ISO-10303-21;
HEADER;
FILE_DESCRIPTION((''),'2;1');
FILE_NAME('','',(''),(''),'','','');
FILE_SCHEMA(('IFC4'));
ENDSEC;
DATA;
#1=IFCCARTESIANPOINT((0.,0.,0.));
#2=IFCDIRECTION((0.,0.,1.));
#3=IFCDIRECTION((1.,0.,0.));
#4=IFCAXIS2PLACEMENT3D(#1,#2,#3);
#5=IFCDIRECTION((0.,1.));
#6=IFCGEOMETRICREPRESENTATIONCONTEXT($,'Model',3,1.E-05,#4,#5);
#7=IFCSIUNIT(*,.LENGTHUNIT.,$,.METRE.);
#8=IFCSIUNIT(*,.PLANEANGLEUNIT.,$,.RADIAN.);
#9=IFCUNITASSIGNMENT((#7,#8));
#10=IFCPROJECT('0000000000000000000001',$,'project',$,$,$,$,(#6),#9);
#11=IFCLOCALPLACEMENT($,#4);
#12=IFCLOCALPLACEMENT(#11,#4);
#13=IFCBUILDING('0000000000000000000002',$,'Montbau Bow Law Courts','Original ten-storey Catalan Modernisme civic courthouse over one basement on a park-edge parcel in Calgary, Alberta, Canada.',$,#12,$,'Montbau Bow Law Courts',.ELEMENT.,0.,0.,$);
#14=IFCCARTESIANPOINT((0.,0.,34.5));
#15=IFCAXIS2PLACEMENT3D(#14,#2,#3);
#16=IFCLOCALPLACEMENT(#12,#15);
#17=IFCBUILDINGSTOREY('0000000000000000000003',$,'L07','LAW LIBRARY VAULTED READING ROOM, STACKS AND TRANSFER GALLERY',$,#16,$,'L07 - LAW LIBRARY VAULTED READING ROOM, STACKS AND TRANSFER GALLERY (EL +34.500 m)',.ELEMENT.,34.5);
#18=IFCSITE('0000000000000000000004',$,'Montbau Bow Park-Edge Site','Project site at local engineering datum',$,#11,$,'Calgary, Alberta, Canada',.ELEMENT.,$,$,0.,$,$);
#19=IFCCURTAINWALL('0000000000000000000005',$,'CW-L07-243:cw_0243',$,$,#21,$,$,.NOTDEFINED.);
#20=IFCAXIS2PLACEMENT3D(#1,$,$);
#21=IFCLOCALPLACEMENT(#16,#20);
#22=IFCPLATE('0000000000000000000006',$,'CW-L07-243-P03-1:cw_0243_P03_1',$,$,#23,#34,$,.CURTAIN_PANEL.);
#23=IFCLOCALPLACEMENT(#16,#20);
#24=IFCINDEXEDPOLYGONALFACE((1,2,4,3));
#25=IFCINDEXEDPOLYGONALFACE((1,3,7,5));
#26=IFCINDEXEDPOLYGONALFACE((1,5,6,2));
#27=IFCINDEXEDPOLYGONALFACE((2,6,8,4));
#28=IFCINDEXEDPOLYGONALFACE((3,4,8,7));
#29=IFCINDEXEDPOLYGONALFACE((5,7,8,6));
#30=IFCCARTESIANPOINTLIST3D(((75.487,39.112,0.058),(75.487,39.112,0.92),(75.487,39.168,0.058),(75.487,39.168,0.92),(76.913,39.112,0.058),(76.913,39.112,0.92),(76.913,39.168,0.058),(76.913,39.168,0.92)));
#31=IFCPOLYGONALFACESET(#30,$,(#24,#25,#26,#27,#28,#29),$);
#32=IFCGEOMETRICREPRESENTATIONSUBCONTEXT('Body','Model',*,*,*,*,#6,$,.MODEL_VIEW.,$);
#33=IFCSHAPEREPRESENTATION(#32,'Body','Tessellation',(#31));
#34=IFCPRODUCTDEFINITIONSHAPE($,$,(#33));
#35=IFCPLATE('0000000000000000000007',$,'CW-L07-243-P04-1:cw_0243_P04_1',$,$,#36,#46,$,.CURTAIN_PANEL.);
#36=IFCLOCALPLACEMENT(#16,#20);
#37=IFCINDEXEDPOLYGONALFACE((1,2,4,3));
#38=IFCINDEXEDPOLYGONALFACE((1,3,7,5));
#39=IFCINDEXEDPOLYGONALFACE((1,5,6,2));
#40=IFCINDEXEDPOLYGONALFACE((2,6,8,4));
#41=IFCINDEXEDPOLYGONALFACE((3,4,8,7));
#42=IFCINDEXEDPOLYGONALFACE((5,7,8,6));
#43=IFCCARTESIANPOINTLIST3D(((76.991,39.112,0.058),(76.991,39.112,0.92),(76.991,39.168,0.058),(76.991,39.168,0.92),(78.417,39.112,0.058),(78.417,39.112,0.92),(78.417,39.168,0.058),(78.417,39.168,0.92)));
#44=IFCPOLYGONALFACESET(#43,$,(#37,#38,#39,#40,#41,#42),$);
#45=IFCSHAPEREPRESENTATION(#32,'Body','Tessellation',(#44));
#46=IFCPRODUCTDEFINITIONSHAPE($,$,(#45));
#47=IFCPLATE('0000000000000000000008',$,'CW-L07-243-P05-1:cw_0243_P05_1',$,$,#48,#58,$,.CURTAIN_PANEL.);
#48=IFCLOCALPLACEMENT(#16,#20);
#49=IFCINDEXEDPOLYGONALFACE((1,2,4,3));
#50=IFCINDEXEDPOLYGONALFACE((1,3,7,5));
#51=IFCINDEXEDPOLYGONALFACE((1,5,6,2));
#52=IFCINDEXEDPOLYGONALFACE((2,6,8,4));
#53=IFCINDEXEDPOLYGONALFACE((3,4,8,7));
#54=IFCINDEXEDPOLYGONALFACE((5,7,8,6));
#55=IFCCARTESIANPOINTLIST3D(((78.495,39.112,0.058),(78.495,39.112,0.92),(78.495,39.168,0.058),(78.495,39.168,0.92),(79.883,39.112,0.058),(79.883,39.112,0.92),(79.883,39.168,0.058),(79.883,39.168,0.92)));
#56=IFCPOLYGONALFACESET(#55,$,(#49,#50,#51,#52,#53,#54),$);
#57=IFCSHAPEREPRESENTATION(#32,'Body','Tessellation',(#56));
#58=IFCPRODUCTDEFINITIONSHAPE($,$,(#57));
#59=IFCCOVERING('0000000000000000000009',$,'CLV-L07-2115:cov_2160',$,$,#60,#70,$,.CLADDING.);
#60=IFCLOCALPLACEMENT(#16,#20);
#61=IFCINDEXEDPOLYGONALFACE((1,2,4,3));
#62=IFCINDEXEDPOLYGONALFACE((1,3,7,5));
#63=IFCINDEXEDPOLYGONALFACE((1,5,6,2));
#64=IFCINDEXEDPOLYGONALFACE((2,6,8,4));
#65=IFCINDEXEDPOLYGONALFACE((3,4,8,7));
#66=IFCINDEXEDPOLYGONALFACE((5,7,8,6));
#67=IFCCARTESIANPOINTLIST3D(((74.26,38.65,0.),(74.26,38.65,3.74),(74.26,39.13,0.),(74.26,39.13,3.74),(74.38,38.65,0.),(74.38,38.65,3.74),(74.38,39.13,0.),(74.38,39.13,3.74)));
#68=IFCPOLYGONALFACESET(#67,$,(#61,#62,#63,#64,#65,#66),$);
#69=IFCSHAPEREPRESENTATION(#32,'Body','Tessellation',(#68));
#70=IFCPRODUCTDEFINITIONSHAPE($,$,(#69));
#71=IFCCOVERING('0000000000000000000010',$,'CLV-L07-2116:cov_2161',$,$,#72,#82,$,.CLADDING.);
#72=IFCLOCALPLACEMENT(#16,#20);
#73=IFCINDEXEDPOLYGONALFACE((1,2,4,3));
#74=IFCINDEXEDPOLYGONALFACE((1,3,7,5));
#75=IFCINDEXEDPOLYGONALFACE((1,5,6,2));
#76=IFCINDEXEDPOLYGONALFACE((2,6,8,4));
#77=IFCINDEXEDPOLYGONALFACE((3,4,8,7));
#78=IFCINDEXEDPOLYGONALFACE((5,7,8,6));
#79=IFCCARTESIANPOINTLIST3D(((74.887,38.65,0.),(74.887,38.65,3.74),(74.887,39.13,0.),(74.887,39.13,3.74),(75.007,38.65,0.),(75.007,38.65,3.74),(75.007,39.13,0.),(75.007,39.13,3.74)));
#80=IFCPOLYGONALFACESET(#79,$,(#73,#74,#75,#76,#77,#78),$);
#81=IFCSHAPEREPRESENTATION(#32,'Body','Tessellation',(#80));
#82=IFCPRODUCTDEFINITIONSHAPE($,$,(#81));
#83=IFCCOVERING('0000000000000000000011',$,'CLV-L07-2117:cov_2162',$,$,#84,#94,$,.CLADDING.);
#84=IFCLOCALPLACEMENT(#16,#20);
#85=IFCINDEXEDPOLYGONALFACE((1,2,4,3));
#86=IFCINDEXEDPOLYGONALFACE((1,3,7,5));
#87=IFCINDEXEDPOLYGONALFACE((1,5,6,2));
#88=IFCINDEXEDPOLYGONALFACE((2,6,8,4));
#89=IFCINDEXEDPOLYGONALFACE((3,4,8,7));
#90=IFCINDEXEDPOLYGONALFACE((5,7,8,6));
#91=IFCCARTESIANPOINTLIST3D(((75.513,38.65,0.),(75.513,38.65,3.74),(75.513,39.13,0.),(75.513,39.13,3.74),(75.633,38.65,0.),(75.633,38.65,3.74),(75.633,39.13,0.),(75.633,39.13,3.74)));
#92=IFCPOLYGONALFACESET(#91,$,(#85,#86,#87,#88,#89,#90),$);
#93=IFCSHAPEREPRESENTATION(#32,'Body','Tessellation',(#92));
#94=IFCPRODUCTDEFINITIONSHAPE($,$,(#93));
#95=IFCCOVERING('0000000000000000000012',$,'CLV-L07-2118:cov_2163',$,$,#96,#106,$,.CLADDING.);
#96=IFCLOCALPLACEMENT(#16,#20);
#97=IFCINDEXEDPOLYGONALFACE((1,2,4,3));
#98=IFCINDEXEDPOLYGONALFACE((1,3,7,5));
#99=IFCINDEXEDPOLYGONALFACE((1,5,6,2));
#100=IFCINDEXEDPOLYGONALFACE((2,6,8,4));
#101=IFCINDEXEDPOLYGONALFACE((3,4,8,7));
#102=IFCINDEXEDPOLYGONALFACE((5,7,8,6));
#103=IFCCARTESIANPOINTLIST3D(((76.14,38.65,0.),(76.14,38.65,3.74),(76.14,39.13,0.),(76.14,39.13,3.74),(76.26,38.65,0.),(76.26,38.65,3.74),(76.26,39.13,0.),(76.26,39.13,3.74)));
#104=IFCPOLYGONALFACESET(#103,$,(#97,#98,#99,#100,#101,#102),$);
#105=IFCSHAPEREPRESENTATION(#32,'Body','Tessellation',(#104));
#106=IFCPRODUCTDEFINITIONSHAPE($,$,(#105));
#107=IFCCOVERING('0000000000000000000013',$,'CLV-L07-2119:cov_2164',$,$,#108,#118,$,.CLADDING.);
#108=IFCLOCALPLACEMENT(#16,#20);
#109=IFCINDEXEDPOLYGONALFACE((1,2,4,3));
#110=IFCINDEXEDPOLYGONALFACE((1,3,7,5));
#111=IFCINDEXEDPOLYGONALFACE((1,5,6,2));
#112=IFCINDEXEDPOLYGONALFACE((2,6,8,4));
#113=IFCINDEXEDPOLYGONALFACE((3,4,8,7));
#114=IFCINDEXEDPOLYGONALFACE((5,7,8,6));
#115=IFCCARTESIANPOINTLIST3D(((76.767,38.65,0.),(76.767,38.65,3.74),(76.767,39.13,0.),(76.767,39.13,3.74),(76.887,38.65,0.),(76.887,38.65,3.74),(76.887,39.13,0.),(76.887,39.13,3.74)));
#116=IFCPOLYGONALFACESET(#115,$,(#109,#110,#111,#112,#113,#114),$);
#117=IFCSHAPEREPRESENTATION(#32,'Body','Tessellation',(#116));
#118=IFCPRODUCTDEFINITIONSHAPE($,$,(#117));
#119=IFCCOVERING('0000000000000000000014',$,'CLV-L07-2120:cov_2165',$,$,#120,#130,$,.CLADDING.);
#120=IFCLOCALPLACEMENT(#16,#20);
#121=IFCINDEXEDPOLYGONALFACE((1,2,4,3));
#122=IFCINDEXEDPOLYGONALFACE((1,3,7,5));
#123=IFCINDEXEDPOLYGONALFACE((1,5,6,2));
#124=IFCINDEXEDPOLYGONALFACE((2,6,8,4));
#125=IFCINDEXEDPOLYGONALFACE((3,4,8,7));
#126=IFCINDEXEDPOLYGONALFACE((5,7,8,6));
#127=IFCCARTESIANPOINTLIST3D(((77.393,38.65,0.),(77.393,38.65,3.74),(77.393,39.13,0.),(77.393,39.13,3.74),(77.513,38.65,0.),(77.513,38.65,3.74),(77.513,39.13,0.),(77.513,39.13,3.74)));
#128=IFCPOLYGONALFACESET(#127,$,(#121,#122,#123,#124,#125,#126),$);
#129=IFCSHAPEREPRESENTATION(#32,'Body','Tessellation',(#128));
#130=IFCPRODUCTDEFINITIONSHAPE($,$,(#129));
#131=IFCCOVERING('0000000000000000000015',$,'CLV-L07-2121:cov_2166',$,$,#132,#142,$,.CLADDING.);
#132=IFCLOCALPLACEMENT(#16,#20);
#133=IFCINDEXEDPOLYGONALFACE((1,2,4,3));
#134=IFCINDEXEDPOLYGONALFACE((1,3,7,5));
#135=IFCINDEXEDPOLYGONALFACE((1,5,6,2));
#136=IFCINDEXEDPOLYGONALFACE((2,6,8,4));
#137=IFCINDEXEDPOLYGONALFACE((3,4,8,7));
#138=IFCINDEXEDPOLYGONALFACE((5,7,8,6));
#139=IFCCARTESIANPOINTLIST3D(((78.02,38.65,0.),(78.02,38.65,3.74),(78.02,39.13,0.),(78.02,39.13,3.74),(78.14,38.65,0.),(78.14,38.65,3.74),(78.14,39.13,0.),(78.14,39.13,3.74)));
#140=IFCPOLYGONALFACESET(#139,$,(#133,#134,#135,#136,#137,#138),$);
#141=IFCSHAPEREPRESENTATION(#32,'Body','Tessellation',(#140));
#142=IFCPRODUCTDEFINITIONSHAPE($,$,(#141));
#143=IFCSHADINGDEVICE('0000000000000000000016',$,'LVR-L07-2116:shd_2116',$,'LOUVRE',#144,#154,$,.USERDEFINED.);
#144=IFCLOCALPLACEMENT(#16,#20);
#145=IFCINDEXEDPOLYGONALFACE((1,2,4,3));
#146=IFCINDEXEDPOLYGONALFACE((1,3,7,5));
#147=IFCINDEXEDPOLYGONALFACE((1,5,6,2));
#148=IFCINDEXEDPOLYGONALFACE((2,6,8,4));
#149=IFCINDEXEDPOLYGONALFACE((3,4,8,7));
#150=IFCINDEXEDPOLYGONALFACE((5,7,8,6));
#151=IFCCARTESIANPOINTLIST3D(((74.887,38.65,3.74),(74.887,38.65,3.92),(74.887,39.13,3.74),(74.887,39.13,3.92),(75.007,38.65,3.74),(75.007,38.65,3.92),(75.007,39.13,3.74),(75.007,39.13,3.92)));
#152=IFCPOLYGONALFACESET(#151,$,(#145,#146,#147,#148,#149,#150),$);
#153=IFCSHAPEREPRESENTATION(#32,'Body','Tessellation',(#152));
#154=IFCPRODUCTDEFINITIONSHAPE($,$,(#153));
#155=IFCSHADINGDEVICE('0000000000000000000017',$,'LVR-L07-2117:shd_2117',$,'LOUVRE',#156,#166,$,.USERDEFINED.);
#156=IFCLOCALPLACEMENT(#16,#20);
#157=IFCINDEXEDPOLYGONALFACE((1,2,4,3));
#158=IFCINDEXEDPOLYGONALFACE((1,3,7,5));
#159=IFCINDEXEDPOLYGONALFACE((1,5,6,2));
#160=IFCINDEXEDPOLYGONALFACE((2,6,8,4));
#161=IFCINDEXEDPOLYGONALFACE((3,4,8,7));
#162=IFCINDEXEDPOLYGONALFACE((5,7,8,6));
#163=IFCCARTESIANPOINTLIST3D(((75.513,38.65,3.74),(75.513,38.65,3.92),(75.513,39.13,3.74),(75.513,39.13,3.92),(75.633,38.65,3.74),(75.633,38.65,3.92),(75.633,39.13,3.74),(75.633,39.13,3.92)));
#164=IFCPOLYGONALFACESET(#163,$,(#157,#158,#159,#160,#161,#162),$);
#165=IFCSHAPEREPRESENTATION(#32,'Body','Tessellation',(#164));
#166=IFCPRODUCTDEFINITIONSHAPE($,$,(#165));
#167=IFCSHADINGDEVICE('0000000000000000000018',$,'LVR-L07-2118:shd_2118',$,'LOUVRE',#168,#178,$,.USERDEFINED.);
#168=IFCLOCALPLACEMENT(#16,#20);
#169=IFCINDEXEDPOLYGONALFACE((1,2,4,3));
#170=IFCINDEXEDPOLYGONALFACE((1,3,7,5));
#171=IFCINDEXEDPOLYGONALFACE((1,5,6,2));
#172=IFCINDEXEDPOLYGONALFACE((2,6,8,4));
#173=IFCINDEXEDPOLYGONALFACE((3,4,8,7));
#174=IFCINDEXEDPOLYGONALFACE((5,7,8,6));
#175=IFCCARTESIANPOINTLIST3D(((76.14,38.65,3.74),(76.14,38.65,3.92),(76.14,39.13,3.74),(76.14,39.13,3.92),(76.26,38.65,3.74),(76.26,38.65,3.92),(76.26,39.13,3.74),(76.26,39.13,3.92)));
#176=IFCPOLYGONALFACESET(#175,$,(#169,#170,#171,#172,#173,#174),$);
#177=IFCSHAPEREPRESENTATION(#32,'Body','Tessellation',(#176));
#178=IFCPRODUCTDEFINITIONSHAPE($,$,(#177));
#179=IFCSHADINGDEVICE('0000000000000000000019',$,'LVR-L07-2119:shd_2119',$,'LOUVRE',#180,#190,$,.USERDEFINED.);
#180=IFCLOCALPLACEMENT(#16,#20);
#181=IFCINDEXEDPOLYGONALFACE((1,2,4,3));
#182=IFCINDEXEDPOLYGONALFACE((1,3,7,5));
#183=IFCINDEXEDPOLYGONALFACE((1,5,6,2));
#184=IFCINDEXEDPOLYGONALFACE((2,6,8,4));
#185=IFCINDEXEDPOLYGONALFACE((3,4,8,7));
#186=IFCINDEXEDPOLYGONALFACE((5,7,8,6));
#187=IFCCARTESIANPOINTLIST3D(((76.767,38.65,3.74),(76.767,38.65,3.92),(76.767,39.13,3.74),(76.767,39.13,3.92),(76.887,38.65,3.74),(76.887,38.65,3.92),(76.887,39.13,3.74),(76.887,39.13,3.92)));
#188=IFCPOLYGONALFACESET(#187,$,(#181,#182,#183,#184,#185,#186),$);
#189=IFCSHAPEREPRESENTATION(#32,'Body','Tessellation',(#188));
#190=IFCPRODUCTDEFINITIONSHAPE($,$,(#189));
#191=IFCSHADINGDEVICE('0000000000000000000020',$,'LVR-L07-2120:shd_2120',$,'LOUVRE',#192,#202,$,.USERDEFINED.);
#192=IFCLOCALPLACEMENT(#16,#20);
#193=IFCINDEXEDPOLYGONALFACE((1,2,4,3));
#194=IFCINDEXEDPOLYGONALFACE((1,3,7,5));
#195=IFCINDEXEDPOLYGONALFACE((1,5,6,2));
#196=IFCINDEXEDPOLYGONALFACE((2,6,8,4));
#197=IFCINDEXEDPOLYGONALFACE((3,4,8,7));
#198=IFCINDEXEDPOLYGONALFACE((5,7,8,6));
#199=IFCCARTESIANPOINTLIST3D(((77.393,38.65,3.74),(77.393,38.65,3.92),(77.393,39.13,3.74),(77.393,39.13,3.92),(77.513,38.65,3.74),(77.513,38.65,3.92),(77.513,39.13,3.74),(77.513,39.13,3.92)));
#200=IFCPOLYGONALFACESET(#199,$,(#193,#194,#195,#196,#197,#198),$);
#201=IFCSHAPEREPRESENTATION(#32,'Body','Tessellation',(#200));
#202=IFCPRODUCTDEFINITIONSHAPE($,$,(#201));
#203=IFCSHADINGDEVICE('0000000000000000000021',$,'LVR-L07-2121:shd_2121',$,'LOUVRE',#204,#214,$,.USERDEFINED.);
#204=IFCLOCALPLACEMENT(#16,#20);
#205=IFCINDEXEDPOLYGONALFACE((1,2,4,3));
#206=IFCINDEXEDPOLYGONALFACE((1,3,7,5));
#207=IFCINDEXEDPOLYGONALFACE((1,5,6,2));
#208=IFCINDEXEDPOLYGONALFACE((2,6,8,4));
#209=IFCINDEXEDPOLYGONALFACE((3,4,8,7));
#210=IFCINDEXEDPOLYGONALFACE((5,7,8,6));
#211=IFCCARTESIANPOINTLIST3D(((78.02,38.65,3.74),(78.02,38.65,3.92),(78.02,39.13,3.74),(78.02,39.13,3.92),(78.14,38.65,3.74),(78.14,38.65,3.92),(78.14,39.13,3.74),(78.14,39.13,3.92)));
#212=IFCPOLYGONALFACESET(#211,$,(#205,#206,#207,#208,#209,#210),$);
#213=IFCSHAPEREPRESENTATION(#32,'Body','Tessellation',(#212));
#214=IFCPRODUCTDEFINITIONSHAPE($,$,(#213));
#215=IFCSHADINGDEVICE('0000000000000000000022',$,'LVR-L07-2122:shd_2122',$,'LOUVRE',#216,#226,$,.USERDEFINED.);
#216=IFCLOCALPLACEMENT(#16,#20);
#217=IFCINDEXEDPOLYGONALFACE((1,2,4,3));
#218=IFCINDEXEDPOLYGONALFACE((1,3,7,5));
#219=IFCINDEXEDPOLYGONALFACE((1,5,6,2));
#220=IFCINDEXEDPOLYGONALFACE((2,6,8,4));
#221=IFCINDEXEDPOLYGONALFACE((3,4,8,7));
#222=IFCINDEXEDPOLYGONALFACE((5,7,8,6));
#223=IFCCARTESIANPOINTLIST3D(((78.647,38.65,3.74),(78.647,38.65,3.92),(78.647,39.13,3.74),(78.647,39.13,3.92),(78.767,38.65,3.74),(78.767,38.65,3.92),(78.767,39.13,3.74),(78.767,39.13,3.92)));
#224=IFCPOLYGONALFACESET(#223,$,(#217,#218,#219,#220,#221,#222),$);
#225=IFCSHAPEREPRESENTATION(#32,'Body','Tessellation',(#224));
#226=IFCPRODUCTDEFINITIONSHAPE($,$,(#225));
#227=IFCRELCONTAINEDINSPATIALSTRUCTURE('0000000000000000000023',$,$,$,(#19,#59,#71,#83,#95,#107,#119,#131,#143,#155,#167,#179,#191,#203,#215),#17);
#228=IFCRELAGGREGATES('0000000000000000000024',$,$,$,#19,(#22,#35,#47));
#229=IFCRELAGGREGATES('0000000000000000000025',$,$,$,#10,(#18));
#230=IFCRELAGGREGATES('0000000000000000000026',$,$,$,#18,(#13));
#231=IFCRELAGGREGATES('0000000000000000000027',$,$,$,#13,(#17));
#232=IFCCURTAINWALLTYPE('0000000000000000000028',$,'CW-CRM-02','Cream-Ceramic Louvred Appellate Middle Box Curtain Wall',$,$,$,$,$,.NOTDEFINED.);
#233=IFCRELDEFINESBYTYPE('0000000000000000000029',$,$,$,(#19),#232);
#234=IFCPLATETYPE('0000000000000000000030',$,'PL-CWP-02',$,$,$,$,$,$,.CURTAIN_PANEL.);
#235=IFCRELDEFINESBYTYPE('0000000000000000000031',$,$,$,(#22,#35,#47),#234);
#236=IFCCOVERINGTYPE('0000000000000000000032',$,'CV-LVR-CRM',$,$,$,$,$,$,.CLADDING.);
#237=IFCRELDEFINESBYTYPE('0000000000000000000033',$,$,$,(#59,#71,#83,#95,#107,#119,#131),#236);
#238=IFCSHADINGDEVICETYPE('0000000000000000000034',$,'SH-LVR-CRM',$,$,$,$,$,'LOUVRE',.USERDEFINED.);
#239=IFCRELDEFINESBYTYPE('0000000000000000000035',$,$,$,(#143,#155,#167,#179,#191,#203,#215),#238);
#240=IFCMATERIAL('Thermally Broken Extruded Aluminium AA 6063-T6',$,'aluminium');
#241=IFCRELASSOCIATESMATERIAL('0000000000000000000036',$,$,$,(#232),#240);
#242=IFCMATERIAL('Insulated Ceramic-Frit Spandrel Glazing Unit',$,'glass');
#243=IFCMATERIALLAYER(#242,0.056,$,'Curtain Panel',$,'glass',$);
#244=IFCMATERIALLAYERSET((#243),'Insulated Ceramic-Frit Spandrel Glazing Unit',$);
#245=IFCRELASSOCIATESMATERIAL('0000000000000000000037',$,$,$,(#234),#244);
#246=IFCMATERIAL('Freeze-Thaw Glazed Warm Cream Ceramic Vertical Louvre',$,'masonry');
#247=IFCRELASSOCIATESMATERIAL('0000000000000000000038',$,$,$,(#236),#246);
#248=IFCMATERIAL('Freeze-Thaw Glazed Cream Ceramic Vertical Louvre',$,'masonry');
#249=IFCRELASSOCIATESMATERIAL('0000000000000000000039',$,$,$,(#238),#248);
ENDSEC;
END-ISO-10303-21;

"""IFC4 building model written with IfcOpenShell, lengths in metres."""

from ifc_helpers import new_model, si_unit, direction, frame, frame_2d, origin_with_axes, origin_2d_with_axis, place, context, subcontext, project, spatial, rectangle, extrude, material, layer, layer_set, type_object, element, aggregate, save


model = new_model("IFC4")

# Units and contexts
model_context = context("Model", 3, precision=1e-05, world=origin_with_axes(), true_north=direction((0.0, 1.0)))
body_context = subcontext(model_context, "Body", "Model", "MODEL_VIEW")
ifc_project = project(units=[si_unit("LENGTHUNIT", "METRE"), si_unit("PLANEANGLEUNIT", "RADIAN")], contexts=[model_context])

# Site, building, storey
site_placement = place(None, origin_with_axes())
site = spatial("IfcSite", under=ifc_project, at=site_placement, Name="Montbau Bow Park-Edge Site", Description="Project site at local engineering datum", LongName="Calgary, Alberta, Canada", CompositionType="ELEMENT", RefElevation=0.0)
building_placement = place(site_placement, origin_with_axes())
building = spatial("IfcBuilding", under=site, at=building_placement, Name="Montbau Bow Law Courts", Description="Original ten-storey Catalan Modernisme civic courthouse over one basement on a park-edge parcel in Calgary, Alberta, Canada.", LongName="Montbau Bow Law Courts", CompositionType="ELEMENT", ElevationOfRefHeight=0.0, ElevationOfTerrain=0.0)
storey_placement = place(building_placement, frame((0.0, 0.0, 34.5), z_axis=(0.0, 0.0, 1.0), x_axis=(1.0, 0.0, 0.0)))
storey = spatial("IfcBuildingStorey", under=building, at=storey_placement, Name="L07", Description="LAW LIBRARY VAULTED READING ROOM, STACKS AND TRANSFER GALLERY", LongName="L07 - LAW LIBRARY VAULTED READING ROOM, STACKS AND TRANSFER GALLERY (EL +34.500 m)", CompositionType="ELEMENT", Elevation=34.5)

# Curtain wall, plates
ifc_material_1 = material(Name="Thermally Broken Extruded Aluminium AA 6063-T6", Category="aluminium")
curtain_wall_type = type_object("IfcCurtainWallType", Name="CW-CRM-02", Description="Cream-Ceramic Louvred Appellate Middle Box Curtain Wall", PredefinedType="NOTDEFINED", material=ifc_material_1)
curtain_wall_placement = place(None, frame((72.44, 39.14, 34.5), z_axis=(0.0, 0.0, 1.0), x_axis=(1.0, 0.0, 0.0)))
curtain_wall = element("IfcCurtainWall", 1, at=curtain_wall_placement, inside=storey, type_object=curtain_wall_type, Name="CW-L07-243:cw_0243", PredefinedType="NOTDEFINED")
ifc_material_2 = material(Name="Insulated Ceramic-Frit Spandrel Glazing Unit", Category="glass")
ifc_layer_1 = layer(ifc_material_2, 0.056, Name="Curtain Panel", Category="glass")
ifc_layer_set_1 = layer_set([ifc_layer_1], Name="Insulated Ceramic-Frit Spandrel Glazing Unit")
plate_type_1 = type_object("IfcPlateType", Name="PL-CWP-02", PredefinedType="CURTAIN_PANEL", material=ifc_layer_set_1)
plate_1_placement = place(None, frame((75.487, 39.14, 34.558), z_axis=(0.0, -1.0, 0.0), x_axis=(1.0, 0.0, 0.0)))
plate_1 = element("IfcPlate", 2, at=plate_1_placement, type_object=plate_type_1, Name="CW-L07-243-P03-1:cw_0243_P03_1", PredefinedType="CURTAIN_PANEL", context=body_context, shape_type="SweptSolid", body=[
    extrude(rectangle(XDim=1.426, YDim=0.862, at=frame_2d((0.713, 0.431), x_axis=(1.0, 0.0))), frame((0.0, 0.0, -0.028), z_axis=(0.0, 0.0, 1.0), x_axis=(1.0, 0.0, 0.0)), (0.0, 0.0, 1.0), 0.056),
])
plate_2_placement = place(None, frame((76.991, 39.14, 34.558), z_axis=(0.0, -1.0, 0.0), x_axis=(1.0, 0.0, 0.0)))
plate_2 = element("IfcPlate", 3, at=plate_2_placement, type_object=plate_type_1, Name="CW-L07-243-P04-1:cw_0243_P04_1", PredefinedType="CURTAIN_PANEL", context=body_context, shape_type="SweptSolid", body=[
    extrude(rectangle(XDim=1.426, YDim=0.862, at=frame_2d((0.713, 0.431), x_axis=(1.0, 0.0))), frame((0.0, 0.0, -0.028), z_axis=(0.0, 0.0, 1.0), x_axis=(1.0, 0.0, 0.0)), (0.0, 0.0, 1.0), 0.056),
])
plate_3_placement = place(None, frame((78.495, 39.14, 34.558), z_axis=(0.0, -1.0, 0.0), x_axis=(1.0, 0.0, 0.0)))
plate_3 = element("IfcPlate", 4, at=plate_3_placement, type_object=plate_type_1, Name="CW-L07-243-P05-1:cw_0243_P05_1", PredefinedType="CURTAIN_PANEL", context=body_context, shape_type="SweptSolid", body=[
    extrude(rectangle(XDim=1.388, YDim=0.862, at=frame_2d((0.694, 0.431), x_axis=(1.0, 0.0))), frame((0.0, 0.0, -0.028), z_axis=(0.0, 0.0, 1.0), x_axis=(1.0, 0.0, 0.0)), (0.0, 0.0, 1.0), 0.056),
])
aggregate(curtain_wall, [plate_1, plate_2, plate_3])

# Coverings
ifc_material_3 = material(Name="Freeze-Thaw Glazed Warm Cream Ceramic Vertical Louvre", Category="masonry")
covering_type = type_object("IfcCoveringType", Name="CV-LVR-CRM", PredefinedType="CLADDING", material=ifc_material_3)
for number, where, z_axis, x_axis, name in (
    (5, (74.32, 39.13, 34.5), (-1.0, 0.0, 0.0), (0.0, -1.0, 0.0), "CLV-L07-2115:cov_2160"),
    (6, (74.947, 39.13, 34.5), (-1.0, 0.0, 0.0), (0.0, -1.0, 0.0), "CLV-L07-2116:cov_2161"),
    (7, (75.573, 39.13, 34.5), (-1.0, 0.0, 0.0), (0.0, -1.0, 0.0), "CLV-L07-2117:cov_2162"),
    (8, (76.2, 39.13, 34.5), (-1.0, 0.0, 0.0), (0.0, -1.0, 0.0), "CLV-L07-2118:cov_2163"),
    (9, (76.827, 39.13, 34.5), (-1.0, 0.0, 0.0), (0.0, -1.0, 0.0), "CLV-L07-2119:cov_2164"),
    (10, (77.453, 39.13, 34.5), (-1.0, 0.0, 0.0), (0.0, -1.0, 0.0), "CLV-L07-2120:cov_2165"),
    (11, (78.08, 39.13, 34.5), (-1.0, 0.0, 0.0), (0.0, -1.0, 0.0), "CLV-L07-2121:cov_2166"),
):
    element("IfcCovering", number, at=place(None, frame(where, z_axis=z_axis, x_axis=x_axis)), inside=storey, type_object=covering_type, Name=name, PredefinedType="CLADDING", context=body_context, shape_type="SweptSolid", body=[
        extrude(rectangle(XDim=0.48, YDim=3.74, at=frame_2d((0.24, 1.87), x_axis=(1.0, 0.0))), frame((0.0, 0.0, -0.06), z_axis=(0.0, 0.0, 1.0), x_axis=(1.0, 0.0, 0.0)), (0.0, 0.0, 1.0), 0.12),
    ])

# Shading devices
ifc_material_4 = material(Name="Freeze-Thaw Glazed Cream Ceramic Vertical Louvre", Category="masonry")
shading_device_type = type_object("IfcShadingDeviceType", Name="SH-LVR-CRM", ElementType="LOUVRE", PredefinedType="USERDEFINED", material=ifc_material_4)
for number, where, z_axis, x_axis, name in (
    (12, (74.947, 38.89, 38.24), (0.0, 0.0, 1.0), (0.0, -1.0, 0.0), "LVR-L07-2116:shd_2116"),
    (13, (75.573, 38.89, 38.24), (0.0, 0.0, 1.0), (0.0, -1.0, 0.0), "LVR-L07-2117:shd_2117"),
    (14, (76.2, 38.89, 38.24), (0.0, 0.0, 1.0), (0.0, -1.0, 0.0), "LVR-L07-2118:shd_2118"),
    (15, (76.827, 38.89, 38.24), (0.0, 0.0, 1.0), (0.0, -1.0, 0.0), "LVR-L07-2119:shd_2119"),
    (16, (77.453, 38.89, 38.24), (0.0, 0.0, 1.0), (0.0, -1.0, 0.0), "LVR-L07-2120:shd_2120"),
    (17, (78.08, 38.89, 38.24), (0.0, 0.0, 1.0), (0.0, -1.0, 0.0), "LVR-L07-2121:shd_2121"),
    (18, (78.707, 38.89, 38.24), (0.0, 0.0, 1.0), (0.0, -1.0, 0.0), "LVR-L07-2122:shd_2122"),
):
    element("IfcShadingDevice", number, at=place(None, frame(where, z_axis=z_axis, x_axis=x_axis)), inside=storey, type_object=shading_device_type, Name=name, ObjectType="LOUVRE", PredefinedType="USERDEFINED", context=body_context, shape_type="SweptSolid", body=[
        extrude(rectangle(XDim=0.48, YDim=0.12, at=origin_2d_with_axis()), origin_with_axes(), (0.0, 0.0, 1.0), 0.18),
    ])

save(model, "model.ifc")
